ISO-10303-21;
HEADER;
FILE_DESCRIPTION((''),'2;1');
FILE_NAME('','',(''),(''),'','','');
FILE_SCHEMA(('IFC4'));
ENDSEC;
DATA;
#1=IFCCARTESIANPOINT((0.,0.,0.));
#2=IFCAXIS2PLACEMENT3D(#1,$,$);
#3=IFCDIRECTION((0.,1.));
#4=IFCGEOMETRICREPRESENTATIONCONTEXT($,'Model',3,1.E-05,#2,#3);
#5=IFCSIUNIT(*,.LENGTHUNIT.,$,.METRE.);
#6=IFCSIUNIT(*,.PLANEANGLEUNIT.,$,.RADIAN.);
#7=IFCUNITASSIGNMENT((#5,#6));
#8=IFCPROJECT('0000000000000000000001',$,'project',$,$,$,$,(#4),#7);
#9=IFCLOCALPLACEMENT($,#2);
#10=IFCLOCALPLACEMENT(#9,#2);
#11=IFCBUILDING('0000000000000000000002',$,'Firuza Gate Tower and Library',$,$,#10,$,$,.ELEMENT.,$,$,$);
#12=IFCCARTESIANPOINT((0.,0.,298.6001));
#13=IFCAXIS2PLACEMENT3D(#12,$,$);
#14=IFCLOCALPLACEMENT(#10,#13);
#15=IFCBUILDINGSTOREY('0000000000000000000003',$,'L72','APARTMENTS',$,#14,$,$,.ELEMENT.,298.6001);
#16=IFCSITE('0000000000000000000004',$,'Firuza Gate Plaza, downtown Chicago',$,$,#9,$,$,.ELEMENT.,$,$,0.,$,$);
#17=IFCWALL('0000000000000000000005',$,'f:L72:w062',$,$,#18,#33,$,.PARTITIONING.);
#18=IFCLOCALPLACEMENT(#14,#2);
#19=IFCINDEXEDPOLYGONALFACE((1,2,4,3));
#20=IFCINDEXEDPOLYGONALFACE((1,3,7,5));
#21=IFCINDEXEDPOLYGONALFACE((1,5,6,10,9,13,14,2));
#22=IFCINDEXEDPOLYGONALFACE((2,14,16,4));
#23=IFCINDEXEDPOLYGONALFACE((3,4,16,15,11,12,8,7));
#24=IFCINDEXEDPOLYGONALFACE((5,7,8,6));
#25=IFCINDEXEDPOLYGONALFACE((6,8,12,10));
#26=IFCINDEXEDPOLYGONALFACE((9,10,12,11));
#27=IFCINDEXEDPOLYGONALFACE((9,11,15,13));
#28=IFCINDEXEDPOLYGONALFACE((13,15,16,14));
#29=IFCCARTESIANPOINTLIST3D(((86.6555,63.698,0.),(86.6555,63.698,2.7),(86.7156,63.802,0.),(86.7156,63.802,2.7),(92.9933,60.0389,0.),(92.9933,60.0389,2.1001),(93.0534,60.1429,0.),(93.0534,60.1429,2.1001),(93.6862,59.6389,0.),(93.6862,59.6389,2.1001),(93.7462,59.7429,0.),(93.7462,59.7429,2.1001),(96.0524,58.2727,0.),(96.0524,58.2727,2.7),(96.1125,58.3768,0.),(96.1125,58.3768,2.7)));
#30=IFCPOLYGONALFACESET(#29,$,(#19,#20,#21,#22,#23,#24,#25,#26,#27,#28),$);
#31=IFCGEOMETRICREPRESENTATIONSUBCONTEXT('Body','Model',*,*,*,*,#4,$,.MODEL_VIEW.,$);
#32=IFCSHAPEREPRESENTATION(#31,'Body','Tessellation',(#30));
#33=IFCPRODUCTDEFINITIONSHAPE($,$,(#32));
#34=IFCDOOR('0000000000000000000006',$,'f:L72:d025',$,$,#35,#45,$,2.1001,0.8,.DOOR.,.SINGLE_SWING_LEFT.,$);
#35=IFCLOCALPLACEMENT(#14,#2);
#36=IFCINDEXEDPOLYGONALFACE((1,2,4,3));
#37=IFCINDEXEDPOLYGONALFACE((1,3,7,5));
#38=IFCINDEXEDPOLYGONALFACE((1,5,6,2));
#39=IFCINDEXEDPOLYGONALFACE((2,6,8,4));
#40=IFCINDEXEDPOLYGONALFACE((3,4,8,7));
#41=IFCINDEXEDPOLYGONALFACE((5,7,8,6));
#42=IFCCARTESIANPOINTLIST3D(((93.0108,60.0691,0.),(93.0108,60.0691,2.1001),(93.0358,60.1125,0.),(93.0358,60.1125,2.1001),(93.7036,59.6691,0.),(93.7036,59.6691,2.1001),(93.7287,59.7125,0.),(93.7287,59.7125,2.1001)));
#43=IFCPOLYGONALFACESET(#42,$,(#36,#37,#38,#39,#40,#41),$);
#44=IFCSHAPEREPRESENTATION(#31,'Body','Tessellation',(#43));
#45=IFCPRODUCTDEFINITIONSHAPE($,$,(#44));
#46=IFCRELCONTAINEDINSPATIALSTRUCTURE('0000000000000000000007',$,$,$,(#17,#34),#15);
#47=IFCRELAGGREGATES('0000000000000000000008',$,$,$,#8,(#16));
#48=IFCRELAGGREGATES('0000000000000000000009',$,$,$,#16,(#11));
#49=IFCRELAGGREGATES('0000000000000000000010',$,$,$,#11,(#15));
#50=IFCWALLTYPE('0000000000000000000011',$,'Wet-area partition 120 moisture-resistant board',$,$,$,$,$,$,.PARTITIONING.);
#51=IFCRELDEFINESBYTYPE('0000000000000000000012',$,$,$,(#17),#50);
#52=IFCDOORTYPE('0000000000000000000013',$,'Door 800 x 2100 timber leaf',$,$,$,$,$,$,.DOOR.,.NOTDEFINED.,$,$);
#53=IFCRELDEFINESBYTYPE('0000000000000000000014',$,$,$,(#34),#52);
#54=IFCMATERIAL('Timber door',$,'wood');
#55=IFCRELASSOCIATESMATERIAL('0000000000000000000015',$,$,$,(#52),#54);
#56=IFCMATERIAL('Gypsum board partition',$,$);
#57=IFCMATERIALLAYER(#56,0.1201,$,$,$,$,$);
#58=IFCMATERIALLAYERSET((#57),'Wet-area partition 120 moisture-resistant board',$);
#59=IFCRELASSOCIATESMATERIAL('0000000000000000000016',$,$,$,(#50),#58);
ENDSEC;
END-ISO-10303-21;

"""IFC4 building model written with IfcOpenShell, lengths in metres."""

from ifc_helpers import new_model, si_unit, direction, frame, frame_2d, origin, place, context, subcontext, project, spatial, rectangle, extrude, material, layer, layer_set, type_object, element, fill, save


model = new_model("IFC4")

# Units and contexts
model_context = context("Model", 3, precision=1e-05, world=origin(), true_north=direction((0.0, 1.0)))
body_context = subcontext(model_context, "Body", "Model", "MODEL_VIEW")
ifc_project = project(units=[si_unit("LENGTHUNIT", "METRE"), si_unit("PLANEANGLEUNIT", "RADIAN")], contexts=[model_context])

# Site, building, storey
site_placement = place(None, origin())
site = spatial("IfcSite", under=ifc_project, at=site_placement, Name="Firuza Gate Plaza, downtown Chicago", CompositionType="ELEMENT", RefElevation=0.0)
building_placement = place(site_placement, origin())
building = spatial("IfcBuilding", under=site, at=building_placement, Name="Firuza Gate Tower and Library", CompositionType="ELEMENT")
storey_placement = place(building_placement, frame((0.0, 0.0, 298.6001)))
storey = spatial("IfcBuildingStorey", under=building, at=storey_placement, Name="L72", Description="APARTMENTS", CompositionType="ELEMENT", Elevation=298.6001)

# Shared definitions
ifc_material_1 = material(Name="Timber door", Category="wood")
door_type_1 = type_object("IfcDoorType", Name="Door 800 x 2100 timber leaf", OperationType="NOTDEFINED", PredefinedType="DOOR", material=ifc_material_1)

# Shared definitions
ifc_material_2 = material(Name="Gypsum board partition")
ifc_layer_1 = layer(ifc_material_2, 0.1201)
ifc_layer_set_1 = layer_set([ifc_layer_1], Name="Wet-area partition 120 moisture-resistant board")
wall_type_1 = type_object("IfcWallType", Name="Wet-area partition 120 moisture-resistant board", PredefinedType="PARTITIONING", material=ifc_layer_set_1)

# Wall, opening, door
wall_1_placement = place(storey_placement, frame((86.6855, 63.75, 0.0), z_axis=(0.0, 0.0, 1.0), x_axis=(0.866027, -0.499996, 0.0)))
wall_1 = element("IfcWall", 1, at=wall_1_placement, inside=storey, type_object=wall_type_1, Name="f:L72:w062", PredefinedType="PARTITIONING", context=body_context, shape_type="SweptSolid", body=[
    extrude(rectangle(XDim=10.8506, YDim=0.1201, at=frame_2d((5.4253, 0.0))), origin(), (0.0, 0.0, 1.0), 2.7),
])
opening_1_placement = place(wall_1_placement, frame((7.3184, 0.0, 0.0)))
opening_1 = element("IfcOpeningElement", 2, at=opening_1_placement, cuts=wall_1, PredefinedType="OPENING", context=body_context, shape_type="SweptSolid", body=[
    extrude(rectangle(XDim=0.8, YDim=2.1001, at=frame_2d((0.3999, 1.05))), frame((0.0, 0.0701, 0.0), z_axis=(0.0, -1.0, 0.0), x_axis=(1.0, 0.0, 0.0)), (0.0, 0.0, 1.0), 0.1401),
])
door_1_placement = place(opening_1_placement, origin())
door_1 = element("IfcDoor", 3, at=door_1_placement, inside=storey, type_object=door_type_1, Name="f:L72:d025", OperationType="SINGLE_SWING_LEFT", OverallHeight=2.1001, OverallWidth=0.8, PredefinedType="DOOR", context=body_context, shape_type="SweptSolid", body=[
    extrude(rectangle(XDim=0.8, YDim=2.1001, at=frame_2d((0.3999, 1.05))), frame((0.0, 0.0249, 0.0), z_axis=(0.0, -1.0, 0.0), x_axis=(1.0, 0.0, 0.0)), (0.0, 0.0, 1.0), 0.05),
])
fill(opening_1, door_1)

save(model, "model.ifc")
